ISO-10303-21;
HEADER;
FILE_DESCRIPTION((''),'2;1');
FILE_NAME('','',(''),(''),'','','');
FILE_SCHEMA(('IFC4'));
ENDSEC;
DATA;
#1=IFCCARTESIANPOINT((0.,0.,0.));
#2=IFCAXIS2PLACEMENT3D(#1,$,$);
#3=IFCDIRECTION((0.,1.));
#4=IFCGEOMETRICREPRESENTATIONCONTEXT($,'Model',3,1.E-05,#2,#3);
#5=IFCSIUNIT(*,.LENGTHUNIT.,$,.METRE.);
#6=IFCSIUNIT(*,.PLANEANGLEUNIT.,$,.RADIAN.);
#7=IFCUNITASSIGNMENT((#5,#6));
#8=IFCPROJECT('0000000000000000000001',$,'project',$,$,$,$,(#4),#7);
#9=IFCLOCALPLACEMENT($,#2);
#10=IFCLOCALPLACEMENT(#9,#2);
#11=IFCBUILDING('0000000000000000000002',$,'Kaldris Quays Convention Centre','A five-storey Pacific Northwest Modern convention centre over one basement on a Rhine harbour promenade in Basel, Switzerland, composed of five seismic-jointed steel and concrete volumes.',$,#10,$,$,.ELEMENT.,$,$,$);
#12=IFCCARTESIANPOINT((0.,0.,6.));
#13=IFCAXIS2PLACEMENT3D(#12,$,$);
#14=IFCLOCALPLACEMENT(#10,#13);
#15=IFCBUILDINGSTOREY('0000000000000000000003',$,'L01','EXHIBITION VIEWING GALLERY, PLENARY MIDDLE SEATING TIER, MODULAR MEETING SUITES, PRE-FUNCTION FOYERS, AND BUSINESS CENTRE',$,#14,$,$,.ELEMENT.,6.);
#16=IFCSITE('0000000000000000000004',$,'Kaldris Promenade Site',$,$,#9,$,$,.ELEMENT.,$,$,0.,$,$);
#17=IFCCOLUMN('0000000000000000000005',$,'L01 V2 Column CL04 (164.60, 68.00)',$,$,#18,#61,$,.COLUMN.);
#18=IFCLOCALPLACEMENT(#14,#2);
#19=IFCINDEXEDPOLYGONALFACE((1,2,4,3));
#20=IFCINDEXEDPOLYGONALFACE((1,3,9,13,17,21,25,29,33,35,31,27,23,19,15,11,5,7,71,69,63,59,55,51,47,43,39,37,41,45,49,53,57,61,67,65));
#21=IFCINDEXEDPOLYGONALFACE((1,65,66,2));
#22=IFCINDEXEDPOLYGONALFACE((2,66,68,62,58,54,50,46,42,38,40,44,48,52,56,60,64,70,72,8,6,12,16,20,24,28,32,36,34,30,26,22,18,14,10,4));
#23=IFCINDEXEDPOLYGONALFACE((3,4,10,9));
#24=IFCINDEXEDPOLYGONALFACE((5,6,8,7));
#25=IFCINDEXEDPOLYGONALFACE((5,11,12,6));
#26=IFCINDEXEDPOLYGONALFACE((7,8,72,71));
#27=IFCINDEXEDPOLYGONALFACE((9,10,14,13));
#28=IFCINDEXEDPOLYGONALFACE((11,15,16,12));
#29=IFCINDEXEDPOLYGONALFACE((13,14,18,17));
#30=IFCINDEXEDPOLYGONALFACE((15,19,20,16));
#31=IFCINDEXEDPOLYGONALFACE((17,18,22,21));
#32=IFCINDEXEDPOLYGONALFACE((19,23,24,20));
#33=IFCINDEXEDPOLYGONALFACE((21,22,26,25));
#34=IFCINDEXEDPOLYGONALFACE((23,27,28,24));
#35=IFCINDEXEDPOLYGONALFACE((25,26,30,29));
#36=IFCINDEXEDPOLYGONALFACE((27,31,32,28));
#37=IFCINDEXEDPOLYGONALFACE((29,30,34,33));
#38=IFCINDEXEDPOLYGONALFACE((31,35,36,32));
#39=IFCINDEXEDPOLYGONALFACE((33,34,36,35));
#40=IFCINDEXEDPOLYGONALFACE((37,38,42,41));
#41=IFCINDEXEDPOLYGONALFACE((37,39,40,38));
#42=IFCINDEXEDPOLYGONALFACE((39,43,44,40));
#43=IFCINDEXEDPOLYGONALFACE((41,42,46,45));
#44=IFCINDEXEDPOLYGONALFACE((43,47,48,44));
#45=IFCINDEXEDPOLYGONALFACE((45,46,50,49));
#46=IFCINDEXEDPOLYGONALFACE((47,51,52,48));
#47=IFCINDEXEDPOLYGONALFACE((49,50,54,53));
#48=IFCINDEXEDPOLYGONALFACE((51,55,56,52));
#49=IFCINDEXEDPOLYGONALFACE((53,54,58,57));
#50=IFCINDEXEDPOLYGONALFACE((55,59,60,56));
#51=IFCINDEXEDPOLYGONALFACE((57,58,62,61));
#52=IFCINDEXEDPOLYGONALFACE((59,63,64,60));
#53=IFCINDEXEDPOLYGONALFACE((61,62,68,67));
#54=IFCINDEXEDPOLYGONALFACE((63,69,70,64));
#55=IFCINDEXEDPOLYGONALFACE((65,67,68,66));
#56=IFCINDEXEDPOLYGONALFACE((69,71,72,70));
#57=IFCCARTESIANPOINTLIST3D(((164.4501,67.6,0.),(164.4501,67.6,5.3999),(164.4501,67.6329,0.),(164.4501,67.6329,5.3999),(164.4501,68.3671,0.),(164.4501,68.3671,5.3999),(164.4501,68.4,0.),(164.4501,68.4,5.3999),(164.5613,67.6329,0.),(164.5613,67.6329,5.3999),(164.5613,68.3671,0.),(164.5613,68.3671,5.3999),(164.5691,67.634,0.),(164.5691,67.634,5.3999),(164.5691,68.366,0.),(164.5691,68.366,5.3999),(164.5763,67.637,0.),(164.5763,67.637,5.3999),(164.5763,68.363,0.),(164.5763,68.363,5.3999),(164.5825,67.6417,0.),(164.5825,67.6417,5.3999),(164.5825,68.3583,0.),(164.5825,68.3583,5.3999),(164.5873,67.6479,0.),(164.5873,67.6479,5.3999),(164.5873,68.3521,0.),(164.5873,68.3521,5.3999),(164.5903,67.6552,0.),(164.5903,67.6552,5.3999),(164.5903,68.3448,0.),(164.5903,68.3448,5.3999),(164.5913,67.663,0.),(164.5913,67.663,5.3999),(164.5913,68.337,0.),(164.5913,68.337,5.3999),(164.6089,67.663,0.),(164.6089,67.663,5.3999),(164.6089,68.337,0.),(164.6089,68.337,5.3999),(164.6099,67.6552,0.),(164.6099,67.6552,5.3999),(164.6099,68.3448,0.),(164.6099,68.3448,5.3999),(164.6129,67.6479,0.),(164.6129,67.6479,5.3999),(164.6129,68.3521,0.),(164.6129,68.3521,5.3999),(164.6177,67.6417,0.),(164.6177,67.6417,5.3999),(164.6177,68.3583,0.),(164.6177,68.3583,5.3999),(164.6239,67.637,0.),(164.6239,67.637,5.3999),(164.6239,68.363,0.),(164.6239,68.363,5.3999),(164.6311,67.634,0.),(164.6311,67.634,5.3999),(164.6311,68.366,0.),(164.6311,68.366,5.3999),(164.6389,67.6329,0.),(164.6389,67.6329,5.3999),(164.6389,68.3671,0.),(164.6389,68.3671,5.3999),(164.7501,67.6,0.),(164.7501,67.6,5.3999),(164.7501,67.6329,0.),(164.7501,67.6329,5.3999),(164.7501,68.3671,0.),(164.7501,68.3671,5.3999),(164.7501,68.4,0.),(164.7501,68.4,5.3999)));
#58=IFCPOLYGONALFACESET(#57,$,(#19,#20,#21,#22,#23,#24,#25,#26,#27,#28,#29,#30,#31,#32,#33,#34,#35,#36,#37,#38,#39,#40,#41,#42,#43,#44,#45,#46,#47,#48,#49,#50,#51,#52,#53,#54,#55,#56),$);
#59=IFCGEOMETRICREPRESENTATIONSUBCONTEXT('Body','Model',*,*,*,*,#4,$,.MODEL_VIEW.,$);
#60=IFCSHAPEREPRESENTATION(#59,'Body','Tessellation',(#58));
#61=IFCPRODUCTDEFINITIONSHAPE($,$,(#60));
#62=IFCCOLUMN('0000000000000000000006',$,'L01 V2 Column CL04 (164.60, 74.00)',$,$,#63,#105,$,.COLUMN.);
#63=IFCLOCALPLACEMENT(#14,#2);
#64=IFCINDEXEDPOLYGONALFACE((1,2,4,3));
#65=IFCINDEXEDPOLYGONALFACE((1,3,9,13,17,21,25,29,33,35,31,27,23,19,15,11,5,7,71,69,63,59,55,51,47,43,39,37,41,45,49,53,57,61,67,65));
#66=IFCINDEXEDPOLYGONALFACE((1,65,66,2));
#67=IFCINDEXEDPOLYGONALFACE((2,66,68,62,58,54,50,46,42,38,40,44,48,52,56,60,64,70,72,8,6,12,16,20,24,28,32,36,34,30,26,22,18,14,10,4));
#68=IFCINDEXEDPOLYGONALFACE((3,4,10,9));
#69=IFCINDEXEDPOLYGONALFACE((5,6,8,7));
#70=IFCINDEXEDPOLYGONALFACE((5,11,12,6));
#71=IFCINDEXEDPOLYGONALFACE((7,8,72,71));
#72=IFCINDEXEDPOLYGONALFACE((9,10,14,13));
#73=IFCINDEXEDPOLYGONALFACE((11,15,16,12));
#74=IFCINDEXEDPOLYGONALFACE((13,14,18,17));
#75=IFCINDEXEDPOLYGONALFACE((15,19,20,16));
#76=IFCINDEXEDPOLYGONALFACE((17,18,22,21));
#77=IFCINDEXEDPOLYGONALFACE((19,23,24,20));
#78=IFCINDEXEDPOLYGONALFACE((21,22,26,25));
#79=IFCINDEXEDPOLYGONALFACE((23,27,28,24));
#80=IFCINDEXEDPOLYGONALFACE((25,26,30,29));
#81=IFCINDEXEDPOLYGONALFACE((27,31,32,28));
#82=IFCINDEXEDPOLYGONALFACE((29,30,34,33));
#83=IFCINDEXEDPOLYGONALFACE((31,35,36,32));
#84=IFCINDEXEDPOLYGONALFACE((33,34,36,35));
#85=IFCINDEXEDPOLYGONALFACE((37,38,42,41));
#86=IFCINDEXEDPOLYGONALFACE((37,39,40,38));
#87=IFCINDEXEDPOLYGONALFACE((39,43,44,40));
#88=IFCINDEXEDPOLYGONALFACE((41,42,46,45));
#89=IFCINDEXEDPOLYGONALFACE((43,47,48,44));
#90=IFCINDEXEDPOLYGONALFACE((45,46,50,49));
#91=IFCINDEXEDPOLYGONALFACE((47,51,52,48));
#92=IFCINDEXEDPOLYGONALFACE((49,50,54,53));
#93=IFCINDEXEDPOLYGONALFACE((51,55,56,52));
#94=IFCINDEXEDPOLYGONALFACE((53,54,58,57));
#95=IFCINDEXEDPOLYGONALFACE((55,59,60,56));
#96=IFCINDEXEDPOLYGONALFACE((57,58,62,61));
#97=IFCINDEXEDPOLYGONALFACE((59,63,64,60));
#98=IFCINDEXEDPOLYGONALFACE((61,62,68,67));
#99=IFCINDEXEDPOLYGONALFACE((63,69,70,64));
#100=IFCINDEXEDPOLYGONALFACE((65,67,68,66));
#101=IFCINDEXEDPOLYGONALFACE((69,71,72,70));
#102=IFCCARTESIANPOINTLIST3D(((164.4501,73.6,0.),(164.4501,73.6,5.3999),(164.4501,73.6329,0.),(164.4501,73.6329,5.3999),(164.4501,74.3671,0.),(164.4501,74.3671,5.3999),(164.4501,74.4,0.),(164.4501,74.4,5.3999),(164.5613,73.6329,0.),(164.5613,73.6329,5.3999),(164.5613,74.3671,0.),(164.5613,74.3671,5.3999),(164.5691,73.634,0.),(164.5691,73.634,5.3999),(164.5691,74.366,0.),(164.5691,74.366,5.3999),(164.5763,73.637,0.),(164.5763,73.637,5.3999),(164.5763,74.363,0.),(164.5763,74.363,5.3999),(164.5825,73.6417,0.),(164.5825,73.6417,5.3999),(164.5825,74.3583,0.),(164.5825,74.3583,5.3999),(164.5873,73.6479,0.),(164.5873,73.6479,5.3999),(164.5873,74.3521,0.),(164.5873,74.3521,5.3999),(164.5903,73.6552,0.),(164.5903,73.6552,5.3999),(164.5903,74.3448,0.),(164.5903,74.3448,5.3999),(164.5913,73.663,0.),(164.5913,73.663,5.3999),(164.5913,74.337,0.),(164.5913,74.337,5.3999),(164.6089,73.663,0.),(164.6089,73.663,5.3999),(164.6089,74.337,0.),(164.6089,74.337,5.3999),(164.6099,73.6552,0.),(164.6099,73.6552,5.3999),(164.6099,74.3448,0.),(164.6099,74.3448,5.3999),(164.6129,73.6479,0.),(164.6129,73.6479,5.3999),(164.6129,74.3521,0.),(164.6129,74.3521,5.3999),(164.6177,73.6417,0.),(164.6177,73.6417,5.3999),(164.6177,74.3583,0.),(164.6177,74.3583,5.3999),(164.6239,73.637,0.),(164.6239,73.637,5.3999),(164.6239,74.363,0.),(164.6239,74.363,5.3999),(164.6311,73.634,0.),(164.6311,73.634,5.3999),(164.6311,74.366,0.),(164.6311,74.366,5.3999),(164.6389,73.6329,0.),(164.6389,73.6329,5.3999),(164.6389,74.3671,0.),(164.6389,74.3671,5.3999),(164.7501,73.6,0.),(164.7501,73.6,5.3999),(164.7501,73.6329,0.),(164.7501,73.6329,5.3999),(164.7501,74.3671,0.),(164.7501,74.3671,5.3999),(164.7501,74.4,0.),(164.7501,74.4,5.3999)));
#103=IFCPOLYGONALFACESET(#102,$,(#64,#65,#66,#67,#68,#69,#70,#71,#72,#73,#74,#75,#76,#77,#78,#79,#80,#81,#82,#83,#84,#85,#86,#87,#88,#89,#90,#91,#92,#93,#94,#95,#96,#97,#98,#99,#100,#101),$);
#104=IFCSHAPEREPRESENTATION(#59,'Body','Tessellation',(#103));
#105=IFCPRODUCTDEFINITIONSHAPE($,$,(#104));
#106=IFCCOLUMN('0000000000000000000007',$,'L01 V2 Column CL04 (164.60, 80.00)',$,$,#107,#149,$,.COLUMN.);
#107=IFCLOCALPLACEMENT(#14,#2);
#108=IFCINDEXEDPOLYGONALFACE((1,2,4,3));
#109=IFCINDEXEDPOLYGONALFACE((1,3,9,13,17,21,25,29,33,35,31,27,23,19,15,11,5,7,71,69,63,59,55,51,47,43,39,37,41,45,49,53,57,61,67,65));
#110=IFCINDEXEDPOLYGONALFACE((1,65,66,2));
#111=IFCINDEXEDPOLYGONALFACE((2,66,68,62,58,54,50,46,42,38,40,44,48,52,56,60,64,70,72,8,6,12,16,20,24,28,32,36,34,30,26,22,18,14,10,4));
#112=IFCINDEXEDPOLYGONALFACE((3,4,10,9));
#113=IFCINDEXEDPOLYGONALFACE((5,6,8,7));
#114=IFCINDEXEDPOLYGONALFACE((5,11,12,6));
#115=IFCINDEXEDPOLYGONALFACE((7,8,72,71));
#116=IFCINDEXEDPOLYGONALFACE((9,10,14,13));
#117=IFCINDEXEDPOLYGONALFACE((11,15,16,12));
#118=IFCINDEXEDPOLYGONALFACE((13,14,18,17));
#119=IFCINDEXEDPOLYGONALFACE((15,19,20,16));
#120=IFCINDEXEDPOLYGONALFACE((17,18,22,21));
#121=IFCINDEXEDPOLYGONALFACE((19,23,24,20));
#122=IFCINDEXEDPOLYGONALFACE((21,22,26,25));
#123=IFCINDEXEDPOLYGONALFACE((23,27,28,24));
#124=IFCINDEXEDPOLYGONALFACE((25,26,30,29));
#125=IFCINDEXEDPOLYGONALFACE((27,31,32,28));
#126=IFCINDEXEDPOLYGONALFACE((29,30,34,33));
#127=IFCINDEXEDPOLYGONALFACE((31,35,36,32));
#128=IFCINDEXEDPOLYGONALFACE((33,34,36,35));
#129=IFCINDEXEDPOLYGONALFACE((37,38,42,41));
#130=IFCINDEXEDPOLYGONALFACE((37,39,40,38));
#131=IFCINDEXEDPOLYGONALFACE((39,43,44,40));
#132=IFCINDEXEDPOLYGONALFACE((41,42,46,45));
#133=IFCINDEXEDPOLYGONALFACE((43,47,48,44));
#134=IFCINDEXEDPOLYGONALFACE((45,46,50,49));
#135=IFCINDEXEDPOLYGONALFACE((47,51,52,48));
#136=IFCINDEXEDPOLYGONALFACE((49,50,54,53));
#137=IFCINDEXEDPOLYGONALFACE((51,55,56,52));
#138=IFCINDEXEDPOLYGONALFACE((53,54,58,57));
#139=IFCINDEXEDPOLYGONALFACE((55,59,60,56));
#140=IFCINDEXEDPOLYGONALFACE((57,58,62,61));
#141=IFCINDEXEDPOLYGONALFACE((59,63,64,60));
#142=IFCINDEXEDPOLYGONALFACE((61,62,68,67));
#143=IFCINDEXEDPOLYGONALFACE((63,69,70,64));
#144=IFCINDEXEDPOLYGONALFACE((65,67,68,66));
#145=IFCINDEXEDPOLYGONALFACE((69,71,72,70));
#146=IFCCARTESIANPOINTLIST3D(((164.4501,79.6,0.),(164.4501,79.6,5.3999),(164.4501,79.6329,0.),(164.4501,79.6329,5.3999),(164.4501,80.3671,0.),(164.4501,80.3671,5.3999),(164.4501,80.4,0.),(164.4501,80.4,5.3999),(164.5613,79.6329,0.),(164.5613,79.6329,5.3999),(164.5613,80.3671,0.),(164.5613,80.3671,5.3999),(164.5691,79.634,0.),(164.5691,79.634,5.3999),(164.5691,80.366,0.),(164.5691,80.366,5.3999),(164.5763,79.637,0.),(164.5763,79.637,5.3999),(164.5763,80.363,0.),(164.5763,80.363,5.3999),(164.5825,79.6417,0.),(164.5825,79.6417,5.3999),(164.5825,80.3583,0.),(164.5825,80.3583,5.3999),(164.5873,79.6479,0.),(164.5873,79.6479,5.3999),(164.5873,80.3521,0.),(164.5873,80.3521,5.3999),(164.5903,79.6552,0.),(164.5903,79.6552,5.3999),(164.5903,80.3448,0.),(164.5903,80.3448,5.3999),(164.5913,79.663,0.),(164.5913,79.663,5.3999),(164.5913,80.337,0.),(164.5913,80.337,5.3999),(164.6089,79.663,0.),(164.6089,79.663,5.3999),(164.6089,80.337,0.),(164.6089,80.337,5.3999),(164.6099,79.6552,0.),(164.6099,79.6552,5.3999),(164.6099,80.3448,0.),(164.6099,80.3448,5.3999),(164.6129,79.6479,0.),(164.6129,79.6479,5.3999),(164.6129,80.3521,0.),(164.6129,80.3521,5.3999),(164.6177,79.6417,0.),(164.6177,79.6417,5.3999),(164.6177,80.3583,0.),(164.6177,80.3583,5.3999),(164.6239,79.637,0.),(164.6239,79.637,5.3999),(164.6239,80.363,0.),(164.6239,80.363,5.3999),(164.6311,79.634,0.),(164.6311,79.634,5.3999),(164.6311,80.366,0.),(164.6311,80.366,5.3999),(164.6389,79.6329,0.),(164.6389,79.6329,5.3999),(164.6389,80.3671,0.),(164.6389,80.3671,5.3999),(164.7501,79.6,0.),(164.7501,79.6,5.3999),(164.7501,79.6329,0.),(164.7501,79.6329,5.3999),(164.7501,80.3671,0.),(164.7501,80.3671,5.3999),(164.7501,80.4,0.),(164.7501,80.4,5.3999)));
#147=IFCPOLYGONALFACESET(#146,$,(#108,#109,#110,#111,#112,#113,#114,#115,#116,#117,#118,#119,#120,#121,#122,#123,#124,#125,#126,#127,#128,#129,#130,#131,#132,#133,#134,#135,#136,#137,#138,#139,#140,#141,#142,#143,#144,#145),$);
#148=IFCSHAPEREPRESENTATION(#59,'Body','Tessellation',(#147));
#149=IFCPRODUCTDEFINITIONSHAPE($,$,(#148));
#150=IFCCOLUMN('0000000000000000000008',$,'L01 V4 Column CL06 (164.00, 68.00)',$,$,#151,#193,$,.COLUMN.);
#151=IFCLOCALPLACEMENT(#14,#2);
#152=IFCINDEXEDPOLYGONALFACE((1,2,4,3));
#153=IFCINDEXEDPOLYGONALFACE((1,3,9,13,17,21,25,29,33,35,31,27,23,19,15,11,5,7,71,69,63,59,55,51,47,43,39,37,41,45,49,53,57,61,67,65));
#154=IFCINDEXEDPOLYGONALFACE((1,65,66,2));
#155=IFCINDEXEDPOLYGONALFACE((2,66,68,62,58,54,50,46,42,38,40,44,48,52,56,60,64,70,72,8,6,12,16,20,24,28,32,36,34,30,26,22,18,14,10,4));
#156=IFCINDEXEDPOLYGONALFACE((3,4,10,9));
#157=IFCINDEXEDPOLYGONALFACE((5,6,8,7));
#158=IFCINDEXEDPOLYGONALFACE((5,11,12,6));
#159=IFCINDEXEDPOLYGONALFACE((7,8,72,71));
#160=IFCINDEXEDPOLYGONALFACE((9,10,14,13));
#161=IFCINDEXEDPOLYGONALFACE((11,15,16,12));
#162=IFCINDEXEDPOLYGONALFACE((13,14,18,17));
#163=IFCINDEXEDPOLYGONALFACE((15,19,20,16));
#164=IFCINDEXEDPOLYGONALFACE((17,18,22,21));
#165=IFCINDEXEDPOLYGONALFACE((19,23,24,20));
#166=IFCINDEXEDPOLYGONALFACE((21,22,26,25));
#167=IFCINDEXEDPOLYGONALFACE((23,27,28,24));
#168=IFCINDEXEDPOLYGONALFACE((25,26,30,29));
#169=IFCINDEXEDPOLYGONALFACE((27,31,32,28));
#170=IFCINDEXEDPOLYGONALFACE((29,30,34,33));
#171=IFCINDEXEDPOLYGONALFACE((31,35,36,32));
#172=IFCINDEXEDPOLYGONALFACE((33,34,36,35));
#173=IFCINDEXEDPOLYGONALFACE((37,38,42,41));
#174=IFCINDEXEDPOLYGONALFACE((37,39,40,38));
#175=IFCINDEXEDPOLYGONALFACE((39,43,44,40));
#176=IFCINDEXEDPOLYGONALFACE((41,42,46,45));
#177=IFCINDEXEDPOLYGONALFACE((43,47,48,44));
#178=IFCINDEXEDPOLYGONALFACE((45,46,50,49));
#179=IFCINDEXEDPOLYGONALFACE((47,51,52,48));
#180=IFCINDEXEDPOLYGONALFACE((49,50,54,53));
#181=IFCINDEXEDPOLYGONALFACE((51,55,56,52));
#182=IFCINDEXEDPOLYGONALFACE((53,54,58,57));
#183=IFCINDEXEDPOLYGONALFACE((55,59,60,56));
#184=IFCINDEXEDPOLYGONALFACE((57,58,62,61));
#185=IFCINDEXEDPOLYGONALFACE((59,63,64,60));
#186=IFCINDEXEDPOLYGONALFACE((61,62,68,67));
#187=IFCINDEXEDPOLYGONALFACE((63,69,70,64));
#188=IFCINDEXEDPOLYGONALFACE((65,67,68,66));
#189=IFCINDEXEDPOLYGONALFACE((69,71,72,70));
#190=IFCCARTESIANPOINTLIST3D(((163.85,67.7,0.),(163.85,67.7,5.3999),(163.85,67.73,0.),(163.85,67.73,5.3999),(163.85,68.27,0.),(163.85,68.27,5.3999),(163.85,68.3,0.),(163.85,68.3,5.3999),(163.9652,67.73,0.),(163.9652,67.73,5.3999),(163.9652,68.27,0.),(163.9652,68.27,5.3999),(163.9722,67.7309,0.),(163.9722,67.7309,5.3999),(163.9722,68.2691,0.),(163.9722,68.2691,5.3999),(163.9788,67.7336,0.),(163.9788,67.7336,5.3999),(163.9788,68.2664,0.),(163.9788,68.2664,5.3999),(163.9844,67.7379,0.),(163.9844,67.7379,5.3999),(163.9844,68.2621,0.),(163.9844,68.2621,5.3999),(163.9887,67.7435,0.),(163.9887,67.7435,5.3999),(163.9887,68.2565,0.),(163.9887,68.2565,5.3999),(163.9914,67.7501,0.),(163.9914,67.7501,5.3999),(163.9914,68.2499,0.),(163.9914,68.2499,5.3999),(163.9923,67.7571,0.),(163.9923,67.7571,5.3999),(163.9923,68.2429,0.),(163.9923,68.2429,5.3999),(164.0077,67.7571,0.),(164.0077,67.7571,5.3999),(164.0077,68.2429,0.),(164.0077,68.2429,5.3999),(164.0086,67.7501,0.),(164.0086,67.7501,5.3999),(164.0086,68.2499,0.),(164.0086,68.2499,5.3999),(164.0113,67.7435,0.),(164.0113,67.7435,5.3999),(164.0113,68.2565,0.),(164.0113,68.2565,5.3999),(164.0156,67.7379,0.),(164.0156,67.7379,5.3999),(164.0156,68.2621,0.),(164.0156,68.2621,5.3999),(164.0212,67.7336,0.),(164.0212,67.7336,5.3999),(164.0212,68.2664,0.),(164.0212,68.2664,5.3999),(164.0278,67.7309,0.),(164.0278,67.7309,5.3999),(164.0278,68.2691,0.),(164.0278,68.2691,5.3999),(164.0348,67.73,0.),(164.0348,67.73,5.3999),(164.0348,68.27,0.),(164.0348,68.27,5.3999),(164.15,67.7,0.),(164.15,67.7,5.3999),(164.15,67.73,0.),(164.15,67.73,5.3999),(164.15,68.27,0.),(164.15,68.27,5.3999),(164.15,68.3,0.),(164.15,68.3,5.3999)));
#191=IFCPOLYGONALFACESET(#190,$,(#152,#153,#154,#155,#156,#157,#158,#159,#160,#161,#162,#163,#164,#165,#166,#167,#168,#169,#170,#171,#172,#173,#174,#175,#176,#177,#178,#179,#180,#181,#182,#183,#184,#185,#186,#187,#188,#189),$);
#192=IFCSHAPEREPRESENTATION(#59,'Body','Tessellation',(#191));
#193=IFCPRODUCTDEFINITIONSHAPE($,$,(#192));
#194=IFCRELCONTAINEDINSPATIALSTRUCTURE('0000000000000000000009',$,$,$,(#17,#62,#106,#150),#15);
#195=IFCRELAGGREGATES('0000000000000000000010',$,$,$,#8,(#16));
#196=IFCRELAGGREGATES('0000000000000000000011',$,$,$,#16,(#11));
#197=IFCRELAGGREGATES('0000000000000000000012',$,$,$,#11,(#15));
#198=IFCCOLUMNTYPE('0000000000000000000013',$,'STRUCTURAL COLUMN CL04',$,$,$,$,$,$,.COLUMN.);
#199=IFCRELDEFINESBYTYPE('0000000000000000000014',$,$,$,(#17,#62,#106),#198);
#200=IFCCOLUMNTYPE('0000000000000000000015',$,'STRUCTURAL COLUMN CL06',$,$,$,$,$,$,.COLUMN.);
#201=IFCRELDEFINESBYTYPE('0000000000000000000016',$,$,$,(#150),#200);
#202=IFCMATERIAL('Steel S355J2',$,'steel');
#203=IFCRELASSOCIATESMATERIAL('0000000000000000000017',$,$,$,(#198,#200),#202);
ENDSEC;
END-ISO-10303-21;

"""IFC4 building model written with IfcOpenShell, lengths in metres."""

from ifc_helpers import new_model, si_unit, direction, frame, origin, origin_2d, place, context, subcontext, project, spatial, i_section, extrude, material, material_profile, profile_set, type_object, element, save


model = new_model("IFC4")

# Units and contexts
model_context = context("Model", 3, precision=1e-05, world=origin(), true_north=direction((0.0, 1.0)))
body_context = subcontext(model_context, "Body", "Model", "MODEL_VIEW")
ifc_project = project(units=[si_unit("LENGTHUNIT", "METRE"), si_unit("PLANEANGLEUNIT", "RADIAN")], contexts=[model_context])

# Site, building, storey
site_placement = place(None, origin())
site = spatial("IfcSite", under=ifc_project, at=site_placement, Name="Kaldris Promenade Site", CompositionType="ELEMENT", RefElevation=0.0)
building_placement = place(site_placement, origin())
building = spatial("IfcBuilding", under=site, at=building_placement, Name="Kaldris Quays Convention Centre", Description="A five-storey Pacific Northwest Modern convention centre over one basement on a Rhine harbour promenade in Basel, Switzerland, composed of five seismic-jointed steel and concrete volumes.", CompositionType="ELEMENT")
storey_placement = place(building_placement, frame((0.0, 0.0, 6.0)))
storey = spatial("IfcBuildingStorey", under=building, at=storey_placement, Name="L01", Description="EXHIBITION VIEWING GALLERY, PLENARY MIDDLE SEATING TIER, MODULAR MEETING SUITES, PRE-FUNCTION FOYERS, AND BUSINESS CENTRE", CompositionType="ELEMENT", Elevation=6.0)

# Columns
ifc_material_1 = material(Name="Steel S355J2", Category="steel")
ifc_material_profile_1 = material_profile(ifc_material_1, i_section(OverallWidth=0.3, OverallDepth=0.8, WebThickness=0.0176, FlangeThickness=0.033, FilletRadius=0.03, at=origin_2d()), Name="HEB 800")
ifc_profile_set_1 = profile_set([ifc_material_profile_1], Name="Steel S355J2")
column_type_1 = type_object("IfcColumnType", Name="STRUCTURAL COLUMN CL04", PredefinedType="COLUMN", material=ifc_profile_set_1)
for number, where, z_axis, x_axis, name in (
    (1, (164.6001, 68.0, 0.0), (0.0, 0.0, 1.0), (1.0, 0.0, 0.0), "L01 V2 Column CL04 (164.60, 68.00)"),
    (2, (164.6001, 74.0, 0.0), (0.0, 0.0, 1.0), (1.0, 0.0, 0.0), "L01 V2 Column CL04 (164.60, 74.00)"),
    (3, (164.6001, 80.0, 0.0), (0.0, 0.0, 1.0), (1.0, 0.0, 0.0), "L01 V2 Column CL04 (164.60, 80.00)"),
):
    element("IfcColumn", number, at=place(storey_placement, frame(where, z_axis=z_axis, x_axis=x_axis)), inside=storey, type_object=column_type_1, Name=name, PredefinedType="COLUMN", context=body_context, shape_type="SweptSolid", body=[
        extrude(i_section(OverallWidth=0.3, OverallDepth=0.8, WebThickness=0.0176, FlangeThickness=0.033, FilletRadius=0.03, at=origin_2d()), origin(), (0.0, 0.0, 1.0), 5.3999),
    ])
ifc_material_profile_2 = material_profile(ifc_material_1, i_section(OverallWidth=0.3, OverallDepth=0.6001, WebThickness=0.0154, FlangeThickness=0.03, FilletRadius=0.0271, at=origin_2d()), Name="HEB 600")
ifc_profile_set_2 = profile_set([ifc_material_profile_2], Name="Steel S355J2")
column_type_2 = type_object("IfcColumnType", Name="STRUCTURAL COLUMN CL06", PredefinedType="COLUMN", material=ifc_profile_set_2)
for number, where, z_axis, x_axis, name in (
    (4, (164.0, 68.0, 0.0), (0.0, 0.0, 1.0), (1.0, 0.0, 0.0), "L01 V4 Column CL06 (164.00, 68.00)"),
):
    element("IfcColumn", number, at=place(storey_placement, frame(where, z_axis=z_axis, x_axis=x_axis)), inside=storey, type_object=column_type_2, Name=name, PredefinedType="COLUMN", context=body_context, shape_type="SweptSolid", body=[
        extrude(i_section(OverallWidth=0.3, OverallDepth=0.6001, WebThickness=0.0154, FlangeThickness=0.03, FilletRadius=0.0271, at=origin_2d()), origin(), (0.0, 0.0, 1.0), 5.3999),
    ])

save(model, "model.ifc")
